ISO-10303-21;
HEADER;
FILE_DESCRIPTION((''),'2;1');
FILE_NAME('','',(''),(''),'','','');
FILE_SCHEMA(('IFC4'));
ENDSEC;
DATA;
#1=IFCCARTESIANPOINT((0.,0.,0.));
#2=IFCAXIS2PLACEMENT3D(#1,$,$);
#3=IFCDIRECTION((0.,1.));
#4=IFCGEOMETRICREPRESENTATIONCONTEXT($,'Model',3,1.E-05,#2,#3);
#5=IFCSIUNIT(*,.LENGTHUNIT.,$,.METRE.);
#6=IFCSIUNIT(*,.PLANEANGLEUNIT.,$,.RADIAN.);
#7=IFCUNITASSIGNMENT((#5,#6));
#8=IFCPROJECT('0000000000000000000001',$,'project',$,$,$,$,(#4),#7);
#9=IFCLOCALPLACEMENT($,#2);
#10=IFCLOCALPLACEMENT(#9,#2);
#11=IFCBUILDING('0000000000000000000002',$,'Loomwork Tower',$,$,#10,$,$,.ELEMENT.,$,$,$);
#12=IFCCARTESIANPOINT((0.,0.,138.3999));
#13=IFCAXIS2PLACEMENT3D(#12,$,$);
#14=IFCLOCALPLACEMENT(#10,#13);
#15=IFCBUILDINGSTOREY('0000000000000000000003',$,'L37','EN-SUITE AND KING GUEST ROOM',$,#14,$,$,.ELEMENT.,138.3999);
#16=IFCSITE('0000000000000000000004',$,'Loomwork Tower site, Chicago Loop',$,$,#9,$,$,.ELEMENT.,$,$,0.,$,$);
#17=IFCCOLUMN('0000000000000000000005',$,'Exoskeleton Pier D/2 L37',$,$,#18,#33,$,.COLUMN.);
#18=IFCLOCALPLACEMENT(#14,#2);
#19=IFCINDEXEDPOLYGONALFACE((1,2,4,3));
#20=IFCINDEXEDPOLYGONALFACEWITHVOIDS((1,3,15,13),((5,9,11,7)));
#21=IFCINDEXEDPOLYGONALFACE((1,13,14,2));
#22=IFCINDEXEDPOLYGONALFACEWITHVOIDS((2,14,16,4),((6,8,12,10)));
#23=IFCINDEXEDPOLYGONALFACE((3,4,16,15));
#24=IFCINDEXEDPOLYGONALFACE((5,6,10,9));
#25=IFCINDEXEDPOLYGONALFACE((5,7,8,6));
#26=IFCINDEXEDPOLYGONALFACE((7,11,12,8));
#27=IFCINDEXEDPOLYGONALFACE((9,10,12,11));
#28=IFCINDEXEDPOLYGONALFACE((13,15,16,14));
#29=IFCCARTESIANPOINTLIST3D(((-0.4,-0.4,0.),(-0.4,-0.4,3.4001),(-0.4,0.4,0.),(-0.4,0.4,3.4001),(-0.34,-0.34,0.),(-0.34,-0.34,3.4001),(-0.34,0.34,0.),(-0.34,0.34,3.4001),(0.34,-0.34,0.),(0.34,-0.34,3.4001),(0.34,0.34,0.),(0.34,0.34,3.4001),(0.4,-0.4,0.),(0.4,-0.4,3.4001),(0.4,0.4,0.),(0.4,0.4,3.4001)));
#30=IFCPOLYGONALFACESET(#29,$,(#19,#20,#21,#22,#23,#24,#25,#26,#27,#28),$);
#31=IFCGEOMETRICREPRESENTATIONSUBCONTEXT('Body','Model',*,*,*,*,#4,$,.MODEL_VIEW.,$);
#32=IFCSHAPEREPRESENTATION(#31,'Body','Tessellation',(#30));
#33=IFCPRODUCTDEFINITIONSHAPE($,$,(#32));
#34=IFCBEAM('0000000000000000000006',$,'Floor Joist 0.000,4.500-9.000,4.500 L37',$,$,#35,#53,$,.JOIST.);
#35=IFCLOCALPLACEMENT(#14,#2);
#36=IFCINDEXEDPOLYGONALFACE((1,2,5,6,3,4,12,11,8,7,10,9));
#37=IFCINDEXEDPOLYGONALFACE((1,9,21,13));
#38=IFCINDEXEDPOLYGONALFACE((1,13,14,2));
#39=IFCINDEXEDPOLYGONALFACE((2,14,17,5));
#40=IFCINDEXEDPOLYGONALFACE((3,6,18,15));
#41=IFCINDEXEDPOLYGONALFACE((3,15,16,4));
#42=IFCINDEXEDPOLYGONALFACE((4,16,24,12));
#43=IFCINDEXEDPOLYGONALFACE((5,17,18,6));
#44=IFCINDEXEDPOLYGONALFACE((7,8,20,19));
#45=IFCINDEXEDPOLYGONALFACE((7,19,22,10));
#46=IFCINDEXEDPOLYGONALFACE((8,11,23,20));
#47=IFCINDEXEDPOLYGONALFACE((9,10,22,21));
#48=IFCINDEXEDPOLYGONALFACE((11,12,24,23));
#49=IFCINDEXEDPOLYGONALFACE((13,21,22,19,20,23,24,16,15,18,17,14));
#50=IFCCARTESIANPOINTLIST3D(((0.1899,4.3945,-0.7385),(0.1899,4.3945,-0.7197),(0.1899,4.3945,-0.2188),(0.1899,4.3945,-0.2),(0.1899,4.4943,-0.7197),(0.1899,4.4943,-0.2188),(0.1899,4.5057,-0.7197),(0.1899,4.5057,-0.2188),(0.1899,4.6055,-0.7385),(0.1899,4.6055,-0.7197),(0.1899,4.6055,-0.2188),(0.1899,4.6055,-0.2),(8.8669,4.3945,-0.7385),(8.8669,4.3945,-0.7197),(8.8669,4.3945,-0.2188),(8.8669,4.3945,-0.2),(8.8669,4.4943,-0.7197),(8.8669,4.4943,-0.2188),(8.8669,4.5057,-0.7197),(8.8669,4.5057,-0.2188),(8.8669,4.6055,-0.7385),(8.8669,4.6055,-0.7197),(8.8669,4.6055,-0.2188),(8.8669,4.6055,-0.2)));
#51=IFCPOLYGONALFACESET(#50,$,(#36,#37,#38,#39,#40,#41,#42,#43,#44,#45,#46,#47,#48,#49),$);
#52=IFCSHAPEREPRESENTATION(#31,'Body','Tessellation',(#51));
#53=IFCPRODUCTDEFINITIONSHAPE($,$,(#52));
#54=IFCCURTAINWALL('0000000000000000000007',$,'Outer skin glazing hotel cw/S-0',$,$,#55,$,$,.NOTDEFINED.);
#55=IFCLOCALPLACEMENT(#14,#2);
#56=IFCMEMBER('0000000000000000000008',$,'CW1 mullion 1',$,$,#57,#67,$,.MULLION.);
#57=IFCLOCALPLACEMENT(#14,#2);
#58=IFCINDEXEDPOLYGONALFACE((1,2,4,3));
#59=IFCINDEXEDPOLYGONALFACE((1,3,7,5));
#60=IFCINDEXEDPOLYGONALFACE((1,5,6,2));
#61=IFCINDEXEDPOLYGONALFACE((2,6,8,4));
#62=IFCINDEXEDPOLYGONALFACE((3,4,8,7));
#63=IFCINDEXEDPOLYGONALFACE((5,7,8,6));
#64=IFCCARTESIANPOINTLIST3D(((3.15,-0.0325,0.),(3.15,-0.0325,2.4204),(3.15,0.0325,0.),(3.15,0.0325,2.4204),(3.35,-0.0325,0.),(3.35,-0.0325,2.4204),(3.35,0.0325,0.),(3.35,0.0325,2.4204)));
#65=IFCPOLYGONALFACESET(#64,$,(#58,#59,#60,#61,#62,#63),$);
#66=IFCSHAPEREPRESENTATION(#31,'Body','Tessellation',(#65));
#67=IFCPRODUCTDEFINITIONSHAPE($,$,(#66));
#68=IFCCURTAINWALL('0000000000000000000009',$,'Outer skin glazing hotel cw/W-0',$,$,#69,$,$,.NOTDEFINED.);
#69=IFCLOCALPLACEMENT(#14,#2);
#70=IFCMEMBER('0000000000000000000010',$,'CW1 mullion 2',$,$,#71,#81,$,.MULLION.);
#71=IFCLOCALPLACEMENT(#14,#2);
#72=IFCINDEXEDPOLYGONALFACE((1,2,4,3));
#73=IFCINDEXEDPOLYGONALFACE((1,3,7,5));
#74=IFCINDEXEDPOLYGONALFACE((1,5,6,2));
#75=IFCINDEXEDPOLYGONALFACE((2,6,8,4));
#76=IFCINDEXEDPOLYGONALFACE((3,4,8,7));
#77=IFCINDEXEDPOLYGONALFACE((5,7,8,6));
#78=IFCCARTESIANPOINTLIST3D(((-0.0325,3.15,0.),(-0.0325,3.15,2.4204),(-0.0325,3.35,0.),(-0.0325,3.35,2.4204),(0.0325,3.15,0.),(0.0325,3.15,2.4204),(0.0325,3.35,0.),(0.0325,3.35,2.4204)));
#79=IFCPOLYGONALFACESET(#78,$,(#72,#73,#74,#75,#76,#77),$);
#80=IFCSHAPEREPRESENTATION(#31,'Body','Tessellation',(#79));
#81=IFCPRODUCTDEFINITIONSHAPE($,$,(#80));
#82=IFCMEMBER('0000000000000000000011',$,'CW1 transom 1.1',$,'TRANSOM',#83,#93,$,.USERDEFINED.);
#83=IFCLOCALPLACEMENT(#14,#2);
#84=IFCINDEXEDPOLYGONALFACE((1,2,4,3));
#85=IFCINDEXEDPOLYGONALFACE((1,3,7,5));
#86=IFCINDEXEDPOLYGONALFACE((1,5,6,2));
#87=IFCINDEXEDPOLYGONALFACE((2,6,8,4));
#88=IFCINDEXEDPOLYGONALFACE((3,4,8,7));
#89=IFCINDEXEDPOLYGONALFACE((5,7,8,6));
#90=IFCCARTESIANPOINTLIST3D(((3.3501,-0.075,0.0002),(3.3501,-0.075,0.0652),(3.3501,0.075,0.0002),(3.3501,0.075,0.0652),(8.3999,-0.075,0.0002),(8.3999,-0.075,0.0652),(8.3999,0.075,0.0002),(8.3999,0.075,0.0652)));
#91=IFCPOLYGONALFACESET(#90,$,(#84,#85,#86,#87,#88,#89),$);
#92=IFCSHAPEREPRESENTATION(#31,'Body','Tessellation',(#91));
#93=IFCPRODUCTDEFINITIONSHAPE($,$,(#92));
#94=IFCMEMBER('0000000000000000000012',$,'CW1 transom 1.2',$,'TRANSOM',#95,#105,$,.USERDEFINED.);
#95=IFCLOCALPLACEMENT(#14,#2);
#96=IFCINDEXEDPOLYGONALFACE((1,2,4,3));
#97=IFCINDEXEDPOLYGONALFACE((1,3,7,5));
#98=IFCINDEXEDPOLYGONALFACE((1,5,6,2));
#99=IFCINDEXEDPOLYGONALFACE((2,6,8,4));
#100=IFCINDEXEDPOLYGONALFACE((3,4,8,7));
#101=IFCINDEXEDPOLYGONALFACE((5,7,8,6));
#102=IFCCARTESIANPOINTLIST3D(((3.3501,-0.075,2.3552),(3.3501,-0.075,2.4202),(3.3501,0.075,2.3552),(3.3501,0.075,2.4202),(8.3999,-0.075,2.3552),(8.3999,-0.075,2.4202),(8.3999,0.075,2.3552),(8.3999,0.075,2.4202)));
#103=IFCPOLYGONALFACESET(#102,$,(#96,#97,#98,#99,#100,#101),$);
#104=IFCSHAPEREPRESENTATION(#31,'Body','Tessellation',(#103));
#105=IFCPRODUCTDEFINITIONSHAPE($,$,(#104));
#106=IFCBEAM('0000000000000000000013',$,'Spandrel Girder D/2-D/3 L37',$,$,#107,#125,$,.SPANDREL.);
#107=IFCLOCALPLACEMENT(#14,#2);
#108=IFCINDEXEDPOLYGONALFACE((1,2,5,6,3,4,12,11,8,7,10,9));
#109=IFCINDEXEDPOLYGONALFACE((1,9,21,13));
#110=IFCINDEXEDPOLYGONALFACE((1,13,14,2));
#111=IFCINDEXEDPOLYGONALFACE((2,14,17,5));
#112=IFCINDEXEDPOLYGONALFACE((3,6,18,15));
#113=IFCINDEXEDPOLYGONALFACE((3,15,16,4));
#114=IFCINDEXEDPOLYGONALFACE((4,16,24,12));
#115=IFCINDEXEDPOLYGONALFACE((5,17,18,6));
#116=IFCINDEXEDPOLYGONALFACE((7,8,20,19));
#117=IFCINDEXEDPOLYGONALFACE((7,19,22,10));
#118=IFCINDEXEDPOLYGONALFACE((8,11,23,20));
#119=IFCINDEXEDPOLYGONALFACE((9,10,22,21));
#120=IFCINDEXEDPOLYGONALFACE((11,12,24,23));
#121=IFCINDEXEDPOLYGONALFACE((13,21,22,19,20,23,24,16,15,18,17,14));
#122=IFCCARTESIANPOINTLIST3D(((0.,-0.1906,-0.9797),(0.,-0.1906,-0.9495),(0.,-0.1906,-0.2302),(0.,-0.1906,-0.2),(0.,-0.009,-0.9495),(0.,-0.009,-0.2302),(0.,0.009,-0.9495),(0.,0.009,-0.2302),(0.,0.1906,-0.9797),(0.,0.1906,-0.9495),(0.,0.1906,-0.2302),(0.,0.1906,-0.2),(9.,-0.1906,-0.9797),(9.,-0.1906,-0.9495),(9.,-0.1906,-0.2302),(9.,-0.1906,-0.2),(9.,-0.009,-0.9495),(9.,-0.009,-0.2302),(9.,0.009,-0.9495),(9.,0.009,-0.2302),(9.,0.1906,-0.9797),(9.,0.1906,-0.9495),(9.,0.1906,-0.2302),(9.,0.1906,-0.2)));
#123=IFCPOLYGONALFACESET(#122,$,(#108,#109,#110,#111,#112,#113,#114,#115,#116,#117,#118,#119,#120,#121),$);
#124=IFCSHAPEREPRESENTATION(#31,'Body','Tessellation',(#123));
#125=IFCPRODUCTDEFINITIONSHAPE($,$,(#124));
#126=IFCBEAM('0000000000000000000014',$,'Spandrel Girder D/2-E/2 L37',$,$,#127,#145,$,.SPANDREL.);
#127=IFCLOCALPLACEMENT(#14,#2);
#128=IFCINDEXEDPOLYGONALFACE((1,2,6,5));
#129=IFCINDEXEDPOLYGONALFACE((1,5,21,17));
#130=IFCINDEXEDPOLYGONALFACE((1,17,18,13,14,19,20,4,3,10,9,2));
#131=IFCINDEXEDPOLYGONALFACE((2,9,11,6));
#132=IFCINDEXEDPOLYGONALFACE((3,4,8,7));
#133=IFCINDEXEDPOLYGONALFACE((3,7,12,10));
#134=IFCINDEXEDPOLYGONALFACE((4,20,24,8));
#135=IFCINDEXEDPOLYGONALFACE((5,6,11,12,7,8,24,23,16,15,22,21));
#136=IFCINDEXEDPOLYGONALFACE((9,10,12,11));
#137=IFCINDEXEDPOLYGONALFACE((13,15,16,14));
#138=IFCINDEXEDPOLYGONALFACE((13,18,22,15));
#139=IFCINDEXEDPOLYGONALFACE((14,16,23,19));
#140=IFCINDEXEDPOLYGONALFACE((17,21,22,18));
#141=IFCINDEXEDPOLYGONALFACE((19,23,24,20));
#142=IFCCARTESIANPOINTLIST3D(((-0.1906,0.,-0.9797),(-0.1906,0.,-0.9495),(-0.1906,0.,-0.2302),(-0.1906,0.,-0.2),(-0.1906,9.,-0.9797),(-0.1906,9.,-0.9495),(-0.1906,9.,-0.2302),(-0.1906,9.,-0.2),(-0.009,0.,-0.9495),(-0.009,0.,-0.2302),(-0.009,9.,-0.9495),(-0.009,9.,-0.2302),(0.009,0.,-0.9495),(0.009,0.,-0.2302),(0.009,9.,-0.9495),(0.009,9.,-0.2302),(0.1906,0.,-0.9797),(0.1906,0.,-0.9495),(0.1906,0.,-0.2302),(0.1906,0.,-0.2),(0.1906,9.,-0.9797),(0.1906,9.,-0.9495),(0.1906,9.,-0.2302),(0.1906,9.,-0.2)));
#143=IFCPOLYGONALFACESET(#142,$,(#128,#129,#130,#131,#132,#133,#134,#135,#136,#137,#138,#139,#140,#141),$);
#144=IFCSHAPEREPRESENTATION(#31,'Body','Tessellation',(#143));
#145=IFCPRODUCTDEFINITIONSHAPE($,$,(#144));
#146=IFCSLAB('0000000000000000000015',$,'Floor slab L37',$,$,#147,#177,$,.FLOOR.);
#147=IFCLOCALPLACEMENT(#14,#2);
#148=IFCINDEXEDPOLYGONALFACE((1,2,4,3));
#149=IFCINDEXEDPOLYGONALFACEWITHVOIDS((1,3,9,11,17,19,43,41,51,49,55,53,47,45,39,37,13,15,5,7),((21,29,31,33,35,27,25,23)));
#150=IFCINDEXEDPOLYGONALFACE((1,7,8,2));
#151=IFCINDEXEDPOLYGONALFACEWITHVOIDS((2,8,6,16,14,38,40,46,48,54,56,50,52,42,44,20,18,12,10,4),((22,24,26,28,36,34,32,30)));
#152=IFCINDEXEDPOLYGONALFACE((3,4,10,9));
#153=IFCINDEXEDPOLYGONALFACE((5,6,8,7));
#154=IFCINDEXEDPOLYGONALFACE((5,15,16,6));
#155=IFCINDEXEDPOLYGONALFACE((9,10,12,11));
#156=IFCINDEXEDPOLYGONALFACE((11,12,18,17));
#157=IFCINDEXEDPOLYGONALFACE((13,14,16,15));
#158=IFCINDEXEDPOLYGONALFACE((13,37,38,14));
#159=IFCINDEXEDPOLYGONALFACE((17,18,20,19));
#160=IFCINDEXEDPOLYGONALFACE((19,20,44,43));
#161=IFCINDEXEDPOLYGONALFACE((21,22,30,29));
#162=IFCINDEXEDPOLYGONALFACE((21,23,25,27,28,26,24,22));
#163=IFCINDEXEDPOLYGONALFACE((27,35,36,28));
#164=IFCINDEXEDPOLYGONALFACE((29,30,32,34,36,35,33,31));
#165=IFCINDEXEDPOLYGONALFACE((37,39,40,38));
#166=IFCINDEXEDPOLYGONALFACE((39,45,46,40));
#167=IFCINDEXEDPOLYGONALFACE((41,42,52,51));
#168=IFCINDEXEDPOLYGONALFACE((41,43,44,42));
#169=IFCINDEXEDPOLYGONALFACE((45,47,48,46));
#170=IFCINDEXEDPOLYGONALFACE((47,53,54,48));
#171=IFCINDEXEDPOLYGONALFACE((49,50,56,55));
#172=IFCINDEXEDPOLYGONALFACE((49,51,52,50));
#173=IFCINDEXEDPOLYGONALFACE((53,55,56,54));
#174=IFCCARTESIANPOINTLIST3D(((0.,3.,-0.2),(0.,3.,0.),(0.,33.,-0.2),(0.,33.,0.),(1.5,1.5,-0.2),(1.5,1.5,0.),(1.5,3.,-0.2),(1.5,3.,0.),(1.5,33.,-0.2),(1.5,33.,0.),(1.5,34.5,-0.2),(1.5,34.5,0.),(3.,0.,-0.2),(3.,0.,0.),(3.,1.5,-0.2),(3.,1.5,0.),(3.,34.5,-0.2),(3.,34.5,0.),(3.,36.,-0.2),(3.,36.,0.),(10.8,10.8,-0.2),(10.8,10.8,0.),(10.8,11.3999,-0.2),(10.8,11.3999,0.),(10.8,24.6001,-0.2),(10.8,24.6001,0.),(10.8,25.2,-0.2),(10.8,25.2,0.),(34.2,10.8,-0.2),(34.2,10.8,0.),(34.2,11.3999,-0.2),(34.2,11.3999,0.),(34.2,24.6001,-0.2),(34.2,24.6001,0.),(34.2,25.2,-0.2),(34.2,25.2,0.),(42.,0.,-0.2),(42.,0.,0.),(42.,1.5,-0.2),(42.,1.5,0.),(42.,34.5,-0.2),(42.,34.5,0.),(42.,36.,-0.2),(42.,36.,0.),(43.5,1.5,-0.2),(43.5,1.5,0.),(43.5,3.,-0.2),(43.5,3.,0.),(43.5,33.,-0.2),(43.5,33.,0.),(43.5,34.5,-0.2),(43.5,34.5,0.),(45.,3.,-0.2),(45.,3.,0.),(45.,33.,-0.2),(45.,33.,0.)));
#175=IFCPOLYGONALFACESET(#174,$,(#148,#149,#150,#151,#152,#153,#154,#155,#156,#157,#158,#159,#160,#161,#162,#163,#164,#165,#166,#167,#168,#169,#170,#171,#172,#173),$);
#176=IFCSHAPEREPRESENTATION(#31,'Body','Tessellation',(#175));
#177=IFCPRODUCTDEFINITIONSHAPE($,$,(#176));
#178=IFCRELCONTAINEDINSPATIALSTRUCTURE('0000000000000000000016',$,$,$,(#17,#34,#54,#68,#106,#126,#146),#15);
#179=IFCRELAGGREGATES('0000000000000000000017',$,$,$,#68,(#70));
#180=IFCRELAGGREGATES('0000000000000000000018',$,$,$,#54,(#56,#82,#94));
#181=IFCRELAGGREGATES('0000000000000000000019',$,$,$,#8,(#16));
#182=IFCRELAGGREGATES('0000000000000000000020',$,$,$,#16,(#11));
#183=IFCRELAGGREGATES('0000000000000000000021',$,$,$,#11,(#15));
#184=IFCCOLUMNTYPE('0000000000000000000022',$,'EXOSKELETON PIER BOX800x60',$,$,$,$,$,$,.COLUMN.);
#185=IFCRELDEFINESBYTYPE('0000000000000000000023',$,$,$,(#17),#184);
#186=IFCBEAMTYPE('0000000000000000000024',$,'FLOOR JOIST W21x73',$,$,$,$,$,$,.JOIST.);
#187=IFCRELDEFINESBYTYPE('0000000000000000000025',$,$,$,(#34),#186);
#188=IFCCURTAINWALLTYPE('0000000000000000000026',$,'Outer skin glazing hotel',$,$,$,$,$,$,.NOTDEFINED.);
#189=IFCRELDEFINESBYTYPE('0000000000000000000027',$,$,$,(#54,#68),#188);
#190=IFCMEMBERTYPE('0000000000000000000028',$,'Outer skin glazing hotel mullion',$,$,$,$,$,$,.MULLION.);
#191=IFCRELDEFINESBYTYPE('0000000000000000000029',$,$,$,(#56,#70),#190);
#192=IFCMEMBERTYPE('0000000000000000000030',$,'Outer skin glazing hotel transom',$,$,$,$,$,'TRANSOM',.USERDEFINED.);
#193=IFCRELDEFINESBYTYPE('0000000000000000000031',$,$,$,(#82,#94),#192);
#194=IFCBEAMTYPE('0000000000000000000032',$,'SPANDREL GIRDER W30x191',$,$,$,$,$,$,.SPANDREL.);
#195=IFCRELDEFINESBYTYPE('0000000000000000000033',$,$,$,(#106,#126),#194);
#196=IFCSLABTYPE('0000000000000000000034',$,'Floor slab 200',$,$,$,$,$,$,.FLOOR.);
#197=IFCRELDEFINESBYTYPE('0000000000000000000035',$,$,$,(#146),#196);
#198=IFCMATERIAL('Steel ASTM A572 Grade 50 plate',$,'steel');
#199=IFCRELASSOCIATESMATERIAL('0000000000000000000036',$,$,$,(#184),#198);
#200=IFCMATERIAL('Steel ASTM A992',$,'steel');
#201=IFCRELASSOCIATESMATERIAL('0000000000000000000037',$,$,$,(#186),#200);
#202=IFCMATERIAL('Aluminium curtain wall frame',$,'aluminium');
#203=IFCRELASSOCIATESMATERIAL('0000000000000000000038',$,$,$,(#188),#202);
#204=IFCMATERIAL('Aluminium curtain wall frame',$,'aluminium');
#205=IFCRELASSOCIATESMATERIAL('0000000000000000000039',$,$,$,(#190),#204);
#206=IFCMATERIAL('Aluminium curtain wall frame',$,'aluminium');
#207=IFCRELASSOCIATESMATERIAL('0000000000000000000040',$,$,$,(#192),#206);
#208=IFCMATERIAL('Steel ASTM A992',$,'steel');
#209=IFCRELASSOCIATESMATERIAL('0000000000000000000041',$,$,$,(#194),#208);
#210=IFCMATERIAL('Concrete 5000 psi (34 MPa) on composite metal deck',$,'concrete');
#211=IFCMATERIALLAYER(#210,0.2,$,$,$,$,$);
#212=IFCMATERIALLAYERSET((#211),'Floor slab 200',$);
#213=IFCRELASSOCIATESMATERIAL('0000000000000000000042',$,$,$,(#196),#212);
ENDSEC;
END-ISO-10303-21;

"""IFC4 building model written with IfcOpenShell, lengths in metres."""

from ifc_helpers import new_model, si_unit, direction, frame, origin, origin_with_axes, origin_2d, place, context, subcontext, project, spatial, polyline, rectangle, hollow_rectangle, i_section, outline, extrude, material, layer, layer_set, material_profile, profile_set, type_object, element, aggregate, save


model = new_model("IFC4")

# Units and contexts
model_context = context("Model", 3, precision=1e-05, world=origin(), true_north=direction((0.0, 1.0)))
body_context = subcontext(model_context, "Body", "Model", "MODEL_VIEW")
ifc_project = project(units=[si_unit("LENGTHUNIT", "METRE"), si_unit("PLANEANGLEUNIT", "RADIAN")], contexts=[model_context])

# Site, building, storey
site_placement = place(None, origin())
site = spatial("IfcSite", under=ifc_project, at=site_placement, Name="Loomwork Tower site, Chicago Loop", CompositionType="ELEMENT", RefElevation=0.0)
building_placement = place(site_placement, origin())
building = spatial("IfcBuilding", under=site, at=building_placement, Name="Loomwork Tower", CompositionType="ELEMENT")
storey_placement = place(building_placement, frame((0.0, 0.0, 138.3999)))
storey = spatial("IfcBuildingStorey", under=building, at=storey_placement, Name="L37", Description="EN-SUITE AND KING GUEST ROOM", CompositionType="ELEMENT", Elevation=138.3999)

# Column
ifc_material_1 = material(Name="Steel ASTM A572 Grade 50 plate", Category="steel")
ifc_material_profile_1 = material_profile(ifc_material_1, hollow_rectangle(XDim=0.8, YDim=0.8, WallThickness=0.0601, at=origin_2d()), Name="BOX800x60")
ifc_profile_set_1 = profile_set([ifc_material_profile_1], Name="Steel ASTM A572 Grade 50 plate")
column_type = type_object("IfcColumnType", Name="EXOSKELETON PIER BOX800x60", PredefinedType="COLUMN", material=ifc_profile_set_1)
column_placement = place(storey_placement, origin_with_axes())
element("IfcColumn", 1, at=column_placement, inside=storey, type_object=column_type, Name="Exoskeleton Pier D/2 L37", PredefinedType="COLUMN", context=body_context, shape_type="SweptSolid", body=[
    extrude(hollow_rectangle(XDim=0.8, YDim=0.8, WallThickness=0.0601, at=origin_2d()), origin(), (0.0, 0.0, 1.0), 3.4001),
])

# Beam
ifc_material_2 = material(Name="Steel ASTM A992", Category="steel")
ifc_material_profile_2 = material_profile(ifc_material_2, i_section(OverallWidth=0.2109, OverallDepth=0.5386, WebThickness=0.0115, FlangeThickness=0.0188, at=origin_2d()), Name="W21x73")
ifc_profile_set_2 = profile_set([ifc_material_profile_2], Name="Steel ASTM A992")
beam_type_1 = type_object("IfcBeamType", Name="FLOOR JOIST W21x73", PredefinedType="JOIST", material=ifc_profile_set_2)
beam_placement = place(storey_placement, frame((0.1899, 4.5, -0.4692), z_axis=(1.0, 0.0, 0.0), x_axis=(0.0, 1.0, 0.0)))
element("IfcBeam", 2, at=beam_placement, inside=storey, type_object=beam_type_1, Name="Floor Joist 0.000,4.500-9.000,4.500 L37", PredefinedType="JOIST", context=body_context, shape_type="SweptSolid", body=[
    extrude(i_section(OverallWidth=0.2109, OverallDepth=0.5386, WebThickness=0.0115, FlangeThickness=0.0188, at=origin_2d()), origin(), (0.0, 0.0, 1.0), 8.677),
])

# Curtain walls, members
ifc_material_3 = material(Name="Aluminium curtain wall frame", Category="aluminium")
curtain_wall_type = type_object("IfcCurtainWallType", Name="Outer skin glazing hotel", PredefinedType="NOTDEFINED", material=ifc_material_3)
curtain_wall_1_placement = place(storey_placement, origin())
curtain_wall_1 = element("IfcCurtainWall", 3, at=curtain_wall_1_placement, inside=storey, type_object=curtain_wall_type, Name="Outer skin glazing hotel cw/S-0", PredefinedType="NOTDEFINED")
ifc_material_4 = material(Name="Aluminium curtain wall frame", Category="aluminium")
ifc_material_profile_3 = material_profile(ifc_material_4, rectangle(XDim=0.0649, YDim=0.2, at=origin_2d()), Name="AL 65x200")
ifc_profile_set_3 = profile_set([ifc_material_profile_3], Name="Aluminium curtain wall frame")
member_type_1 = type_object("IfcMemberType", Name="Outer skin glazing hotel mullion", PredefinedType="MULLION", material=ifc_profile_set_3)
member_1_placement = place(storey_placement, frame((3.25, 0.0, 0.0), z_axis=(0.0, 0.0, 1.0), x_axis=(0.0, 1.0, 0.0)))
member_1 = element("IfcMember", 4, at=member_1_placement, type_object=member_type_1, Name="CW1 mullion 1", PredefinedType="MULLION", context=body_context, shape_type="SweptSolid", body=[
    extrude(rectangle(XDim=0.0649, YDim=0.2, at=origin_2d()), origin(), (0.0, 0.0, 1.0), 2.4204),
])
curtain_wall_2_placement = place(storey_placement, origin())
curtain_wall_2 = element("IfcCurtainWall", 5, at=curtain_wall_2_placement, inside=storey, type_object=curtain_wall_type, Name="Outer skin glazing hotel cw/W-0", PredefinedType="NOTDEFINED")
member_2_placement = place(storey_placement, frame((0.0, 3.25, 0.0), z_axis=(0.0, 0.0, 1.0), x_axis=(1.0, 0.0, 0.0)))
member_2 = element("IfcMember", 6, at=member_2_placement, type_object=member_type_1, Name="CW1 mullion 2", PredefinedType="MULLION", context=body_context, shape_type="SweptSolid", body=[
    extrude(rectangle(XDim=0.0649, YDim=0.2, at=origin_2d()), origin(), (0.0, 0.0, 1.0), 2.4204),
])
aggregate(curtain_wall_2, [member_2])

# Members
ifc_material_5 = material(Name="Aluminium curtain wall frame", Category="aluminium")
ifc_material_profile_4 = material_profile(ifc_material_5, rectangle(XDim=0.1499, YDim=0.0649, at=origin_2d()), Name="AL 65x150")
ifc_profile_set_4 = profile_set([ifc_material_profile_4], Name="Aluminium curtain wall frame")
member_type_2 = type_object("IfcMemberType", Name="Outer skin glazing hotel transom", ElementType="TRANSOM", PredefinedType="USERDEFINED", material=ifc_profile_set_4)
member_3_placement = place(storey_placement, frame((3.3501, 0.0, 0.0327), z_axis=(1.0, 0.0, 0.0), x_axis=(0.0, 1.0, 0.0)))
member_3 = element("IfcMember", 7, at=member_3_placement, type_object=member_type_2, Name="CW1 transom 1.1", ObjectType="TRANSOM", PredefinedType="USERDEFINED", context=body_context, shape_type="SweptSolid", body=[
    extrude(rectangle(XDim=0.1499, YDim=0.0649, at=origin_2d()), origin(), (0.0, 0.0, 1.0), 5.0498),
])
member_4_placement = place(storey_placement, frame((3.3501, 0.0, 2.3877), z_axis=(1.0, 0.0, 0.0), x_axis=(0.0, 1.0, 0.0)))
member_4 = element("IfcMember", 8, at=member_4_placement, type_object=member_type_2, Name="CW1 transom 1.2", ObjectType="TRANSOM", PredefinedType="USERDEFINED", context=body_context, shape_type="SweptSolid", body=[
    extrude(rectangle(XDim=0.1499, YDim=0.0649, at=origin_2d()), origin(), (0.0, 0.0, 1.0), 5.0498),
])

# Beams
ifc_material_6 = material(Name="Steel ASTM A992", Category="steel")
ifc_material_profile_5 = material_profile(ifc_material_6, i_section(OverallWidth=0.3811, OverallDepth=0.7798, WebThickness=0.0181, FlangeThickness=0.0303, at=origin_2d()), Name="W30x191")
ifc_profile_set_5 = profile_set([ifc_material_profile_5], Name="Steel ASTM A992")
beam_type_2 = type_object("IfcBeamType", Name="SPANDREL GIRDER W30x191", PredefinedType="SPANDREL", material=ifc_profile_set_5)
for number, where, z_axis, x_axis, name in (
    (9, (0.0, 0.0, -0.5898), (1.0, 0.0, 0.0), (0.0, 1.0, 0.0), "Spandrel Girder D/2-D/3 L37"),
    (10, (0.0, 0.0, -0.5898), (0.0, 1.0, 0.0), (-1.0, 0.0, 0.0), "Spandrel Girder D/2-E/2 L37"),
):
    element("IfcBeam", number, at=place(storey_placement, frame(where, z_axis=z_axis, x_axis=x_axis)), inside=storey, type_object=beam_type_2, Name=name, PredefinedType="SPANDREL", context=body_context, shape_type="SweptSolid", body=[
        extrude(i_section(OverallWidth=0.3811, OverallDepth=0.7798, WebThickness=0.0181, FlangeThickness=0.0303, at=origin_2d()), origin(), (0.0, 0.0, 1.0), 9.0),
    ])

# Slab
ifc_material_7 = material(Name="Concrete 5000 psi (34 MPa) on composite metal deck", Category="concrete")
ifc_layer_1 = layer(ifc_material_7, 0.2)
ifc_layer_set_1 = layer_set([ifc_layer_1], Name="Floor slab 200")
slab_type_1 = type_object("IfcSlabType", Name="Floor slab 200", PredefinedType="FLOOR", material=ifc_layer_set_1)
slab_1_placement = place(storey_placement, frame((0.0, 0.0, -0.2)))
element("IfcSlab", 11, at=slab_1_placement, inside=storey, type_object=slab_type_1, Name="Floor slab L37", PredefinedType="FLOOR", context=body_context, shape_type="SweptSolid", body=[
    extrude(outline(polyline([(3.0, 1.5), (1.5, 1.5), (1.5, 3.0), (0.0, 3.0), (0.0, 33.0), (1.5, 33.0), (1.5, 34.5), (3.0, 34.5), (3.0, 36.0), (42.0, 36.0), (42.0, 34.5), (43.5, 34.5), (43.5, 33.0), (45.0, 33.0), (45.0, 3.0), (43.5, 3.0), (43.5, 1.5), (42.0, 1.5), (42.0, 0.0), (3.0, 0.0), (3.0, 1.5)]), holes=[polyline([(10.8, 11.3999), (10.8, 11.3999), (10.8, 10.8), (34.2, 10.8), (34.2, 11.3999), (34.2, 11.3999), (34.2, 24.6001), (34.2, 25.2), (10.8, 25.2), (10.8, 24.6001), (10.8, 11.3999)])]), origin(), (0.0, 0.0, 1.0), 0.2),
])

aggregate(curtain_wall_1, [member_1, member_3, member_4])

save(model, "model.ifc")
